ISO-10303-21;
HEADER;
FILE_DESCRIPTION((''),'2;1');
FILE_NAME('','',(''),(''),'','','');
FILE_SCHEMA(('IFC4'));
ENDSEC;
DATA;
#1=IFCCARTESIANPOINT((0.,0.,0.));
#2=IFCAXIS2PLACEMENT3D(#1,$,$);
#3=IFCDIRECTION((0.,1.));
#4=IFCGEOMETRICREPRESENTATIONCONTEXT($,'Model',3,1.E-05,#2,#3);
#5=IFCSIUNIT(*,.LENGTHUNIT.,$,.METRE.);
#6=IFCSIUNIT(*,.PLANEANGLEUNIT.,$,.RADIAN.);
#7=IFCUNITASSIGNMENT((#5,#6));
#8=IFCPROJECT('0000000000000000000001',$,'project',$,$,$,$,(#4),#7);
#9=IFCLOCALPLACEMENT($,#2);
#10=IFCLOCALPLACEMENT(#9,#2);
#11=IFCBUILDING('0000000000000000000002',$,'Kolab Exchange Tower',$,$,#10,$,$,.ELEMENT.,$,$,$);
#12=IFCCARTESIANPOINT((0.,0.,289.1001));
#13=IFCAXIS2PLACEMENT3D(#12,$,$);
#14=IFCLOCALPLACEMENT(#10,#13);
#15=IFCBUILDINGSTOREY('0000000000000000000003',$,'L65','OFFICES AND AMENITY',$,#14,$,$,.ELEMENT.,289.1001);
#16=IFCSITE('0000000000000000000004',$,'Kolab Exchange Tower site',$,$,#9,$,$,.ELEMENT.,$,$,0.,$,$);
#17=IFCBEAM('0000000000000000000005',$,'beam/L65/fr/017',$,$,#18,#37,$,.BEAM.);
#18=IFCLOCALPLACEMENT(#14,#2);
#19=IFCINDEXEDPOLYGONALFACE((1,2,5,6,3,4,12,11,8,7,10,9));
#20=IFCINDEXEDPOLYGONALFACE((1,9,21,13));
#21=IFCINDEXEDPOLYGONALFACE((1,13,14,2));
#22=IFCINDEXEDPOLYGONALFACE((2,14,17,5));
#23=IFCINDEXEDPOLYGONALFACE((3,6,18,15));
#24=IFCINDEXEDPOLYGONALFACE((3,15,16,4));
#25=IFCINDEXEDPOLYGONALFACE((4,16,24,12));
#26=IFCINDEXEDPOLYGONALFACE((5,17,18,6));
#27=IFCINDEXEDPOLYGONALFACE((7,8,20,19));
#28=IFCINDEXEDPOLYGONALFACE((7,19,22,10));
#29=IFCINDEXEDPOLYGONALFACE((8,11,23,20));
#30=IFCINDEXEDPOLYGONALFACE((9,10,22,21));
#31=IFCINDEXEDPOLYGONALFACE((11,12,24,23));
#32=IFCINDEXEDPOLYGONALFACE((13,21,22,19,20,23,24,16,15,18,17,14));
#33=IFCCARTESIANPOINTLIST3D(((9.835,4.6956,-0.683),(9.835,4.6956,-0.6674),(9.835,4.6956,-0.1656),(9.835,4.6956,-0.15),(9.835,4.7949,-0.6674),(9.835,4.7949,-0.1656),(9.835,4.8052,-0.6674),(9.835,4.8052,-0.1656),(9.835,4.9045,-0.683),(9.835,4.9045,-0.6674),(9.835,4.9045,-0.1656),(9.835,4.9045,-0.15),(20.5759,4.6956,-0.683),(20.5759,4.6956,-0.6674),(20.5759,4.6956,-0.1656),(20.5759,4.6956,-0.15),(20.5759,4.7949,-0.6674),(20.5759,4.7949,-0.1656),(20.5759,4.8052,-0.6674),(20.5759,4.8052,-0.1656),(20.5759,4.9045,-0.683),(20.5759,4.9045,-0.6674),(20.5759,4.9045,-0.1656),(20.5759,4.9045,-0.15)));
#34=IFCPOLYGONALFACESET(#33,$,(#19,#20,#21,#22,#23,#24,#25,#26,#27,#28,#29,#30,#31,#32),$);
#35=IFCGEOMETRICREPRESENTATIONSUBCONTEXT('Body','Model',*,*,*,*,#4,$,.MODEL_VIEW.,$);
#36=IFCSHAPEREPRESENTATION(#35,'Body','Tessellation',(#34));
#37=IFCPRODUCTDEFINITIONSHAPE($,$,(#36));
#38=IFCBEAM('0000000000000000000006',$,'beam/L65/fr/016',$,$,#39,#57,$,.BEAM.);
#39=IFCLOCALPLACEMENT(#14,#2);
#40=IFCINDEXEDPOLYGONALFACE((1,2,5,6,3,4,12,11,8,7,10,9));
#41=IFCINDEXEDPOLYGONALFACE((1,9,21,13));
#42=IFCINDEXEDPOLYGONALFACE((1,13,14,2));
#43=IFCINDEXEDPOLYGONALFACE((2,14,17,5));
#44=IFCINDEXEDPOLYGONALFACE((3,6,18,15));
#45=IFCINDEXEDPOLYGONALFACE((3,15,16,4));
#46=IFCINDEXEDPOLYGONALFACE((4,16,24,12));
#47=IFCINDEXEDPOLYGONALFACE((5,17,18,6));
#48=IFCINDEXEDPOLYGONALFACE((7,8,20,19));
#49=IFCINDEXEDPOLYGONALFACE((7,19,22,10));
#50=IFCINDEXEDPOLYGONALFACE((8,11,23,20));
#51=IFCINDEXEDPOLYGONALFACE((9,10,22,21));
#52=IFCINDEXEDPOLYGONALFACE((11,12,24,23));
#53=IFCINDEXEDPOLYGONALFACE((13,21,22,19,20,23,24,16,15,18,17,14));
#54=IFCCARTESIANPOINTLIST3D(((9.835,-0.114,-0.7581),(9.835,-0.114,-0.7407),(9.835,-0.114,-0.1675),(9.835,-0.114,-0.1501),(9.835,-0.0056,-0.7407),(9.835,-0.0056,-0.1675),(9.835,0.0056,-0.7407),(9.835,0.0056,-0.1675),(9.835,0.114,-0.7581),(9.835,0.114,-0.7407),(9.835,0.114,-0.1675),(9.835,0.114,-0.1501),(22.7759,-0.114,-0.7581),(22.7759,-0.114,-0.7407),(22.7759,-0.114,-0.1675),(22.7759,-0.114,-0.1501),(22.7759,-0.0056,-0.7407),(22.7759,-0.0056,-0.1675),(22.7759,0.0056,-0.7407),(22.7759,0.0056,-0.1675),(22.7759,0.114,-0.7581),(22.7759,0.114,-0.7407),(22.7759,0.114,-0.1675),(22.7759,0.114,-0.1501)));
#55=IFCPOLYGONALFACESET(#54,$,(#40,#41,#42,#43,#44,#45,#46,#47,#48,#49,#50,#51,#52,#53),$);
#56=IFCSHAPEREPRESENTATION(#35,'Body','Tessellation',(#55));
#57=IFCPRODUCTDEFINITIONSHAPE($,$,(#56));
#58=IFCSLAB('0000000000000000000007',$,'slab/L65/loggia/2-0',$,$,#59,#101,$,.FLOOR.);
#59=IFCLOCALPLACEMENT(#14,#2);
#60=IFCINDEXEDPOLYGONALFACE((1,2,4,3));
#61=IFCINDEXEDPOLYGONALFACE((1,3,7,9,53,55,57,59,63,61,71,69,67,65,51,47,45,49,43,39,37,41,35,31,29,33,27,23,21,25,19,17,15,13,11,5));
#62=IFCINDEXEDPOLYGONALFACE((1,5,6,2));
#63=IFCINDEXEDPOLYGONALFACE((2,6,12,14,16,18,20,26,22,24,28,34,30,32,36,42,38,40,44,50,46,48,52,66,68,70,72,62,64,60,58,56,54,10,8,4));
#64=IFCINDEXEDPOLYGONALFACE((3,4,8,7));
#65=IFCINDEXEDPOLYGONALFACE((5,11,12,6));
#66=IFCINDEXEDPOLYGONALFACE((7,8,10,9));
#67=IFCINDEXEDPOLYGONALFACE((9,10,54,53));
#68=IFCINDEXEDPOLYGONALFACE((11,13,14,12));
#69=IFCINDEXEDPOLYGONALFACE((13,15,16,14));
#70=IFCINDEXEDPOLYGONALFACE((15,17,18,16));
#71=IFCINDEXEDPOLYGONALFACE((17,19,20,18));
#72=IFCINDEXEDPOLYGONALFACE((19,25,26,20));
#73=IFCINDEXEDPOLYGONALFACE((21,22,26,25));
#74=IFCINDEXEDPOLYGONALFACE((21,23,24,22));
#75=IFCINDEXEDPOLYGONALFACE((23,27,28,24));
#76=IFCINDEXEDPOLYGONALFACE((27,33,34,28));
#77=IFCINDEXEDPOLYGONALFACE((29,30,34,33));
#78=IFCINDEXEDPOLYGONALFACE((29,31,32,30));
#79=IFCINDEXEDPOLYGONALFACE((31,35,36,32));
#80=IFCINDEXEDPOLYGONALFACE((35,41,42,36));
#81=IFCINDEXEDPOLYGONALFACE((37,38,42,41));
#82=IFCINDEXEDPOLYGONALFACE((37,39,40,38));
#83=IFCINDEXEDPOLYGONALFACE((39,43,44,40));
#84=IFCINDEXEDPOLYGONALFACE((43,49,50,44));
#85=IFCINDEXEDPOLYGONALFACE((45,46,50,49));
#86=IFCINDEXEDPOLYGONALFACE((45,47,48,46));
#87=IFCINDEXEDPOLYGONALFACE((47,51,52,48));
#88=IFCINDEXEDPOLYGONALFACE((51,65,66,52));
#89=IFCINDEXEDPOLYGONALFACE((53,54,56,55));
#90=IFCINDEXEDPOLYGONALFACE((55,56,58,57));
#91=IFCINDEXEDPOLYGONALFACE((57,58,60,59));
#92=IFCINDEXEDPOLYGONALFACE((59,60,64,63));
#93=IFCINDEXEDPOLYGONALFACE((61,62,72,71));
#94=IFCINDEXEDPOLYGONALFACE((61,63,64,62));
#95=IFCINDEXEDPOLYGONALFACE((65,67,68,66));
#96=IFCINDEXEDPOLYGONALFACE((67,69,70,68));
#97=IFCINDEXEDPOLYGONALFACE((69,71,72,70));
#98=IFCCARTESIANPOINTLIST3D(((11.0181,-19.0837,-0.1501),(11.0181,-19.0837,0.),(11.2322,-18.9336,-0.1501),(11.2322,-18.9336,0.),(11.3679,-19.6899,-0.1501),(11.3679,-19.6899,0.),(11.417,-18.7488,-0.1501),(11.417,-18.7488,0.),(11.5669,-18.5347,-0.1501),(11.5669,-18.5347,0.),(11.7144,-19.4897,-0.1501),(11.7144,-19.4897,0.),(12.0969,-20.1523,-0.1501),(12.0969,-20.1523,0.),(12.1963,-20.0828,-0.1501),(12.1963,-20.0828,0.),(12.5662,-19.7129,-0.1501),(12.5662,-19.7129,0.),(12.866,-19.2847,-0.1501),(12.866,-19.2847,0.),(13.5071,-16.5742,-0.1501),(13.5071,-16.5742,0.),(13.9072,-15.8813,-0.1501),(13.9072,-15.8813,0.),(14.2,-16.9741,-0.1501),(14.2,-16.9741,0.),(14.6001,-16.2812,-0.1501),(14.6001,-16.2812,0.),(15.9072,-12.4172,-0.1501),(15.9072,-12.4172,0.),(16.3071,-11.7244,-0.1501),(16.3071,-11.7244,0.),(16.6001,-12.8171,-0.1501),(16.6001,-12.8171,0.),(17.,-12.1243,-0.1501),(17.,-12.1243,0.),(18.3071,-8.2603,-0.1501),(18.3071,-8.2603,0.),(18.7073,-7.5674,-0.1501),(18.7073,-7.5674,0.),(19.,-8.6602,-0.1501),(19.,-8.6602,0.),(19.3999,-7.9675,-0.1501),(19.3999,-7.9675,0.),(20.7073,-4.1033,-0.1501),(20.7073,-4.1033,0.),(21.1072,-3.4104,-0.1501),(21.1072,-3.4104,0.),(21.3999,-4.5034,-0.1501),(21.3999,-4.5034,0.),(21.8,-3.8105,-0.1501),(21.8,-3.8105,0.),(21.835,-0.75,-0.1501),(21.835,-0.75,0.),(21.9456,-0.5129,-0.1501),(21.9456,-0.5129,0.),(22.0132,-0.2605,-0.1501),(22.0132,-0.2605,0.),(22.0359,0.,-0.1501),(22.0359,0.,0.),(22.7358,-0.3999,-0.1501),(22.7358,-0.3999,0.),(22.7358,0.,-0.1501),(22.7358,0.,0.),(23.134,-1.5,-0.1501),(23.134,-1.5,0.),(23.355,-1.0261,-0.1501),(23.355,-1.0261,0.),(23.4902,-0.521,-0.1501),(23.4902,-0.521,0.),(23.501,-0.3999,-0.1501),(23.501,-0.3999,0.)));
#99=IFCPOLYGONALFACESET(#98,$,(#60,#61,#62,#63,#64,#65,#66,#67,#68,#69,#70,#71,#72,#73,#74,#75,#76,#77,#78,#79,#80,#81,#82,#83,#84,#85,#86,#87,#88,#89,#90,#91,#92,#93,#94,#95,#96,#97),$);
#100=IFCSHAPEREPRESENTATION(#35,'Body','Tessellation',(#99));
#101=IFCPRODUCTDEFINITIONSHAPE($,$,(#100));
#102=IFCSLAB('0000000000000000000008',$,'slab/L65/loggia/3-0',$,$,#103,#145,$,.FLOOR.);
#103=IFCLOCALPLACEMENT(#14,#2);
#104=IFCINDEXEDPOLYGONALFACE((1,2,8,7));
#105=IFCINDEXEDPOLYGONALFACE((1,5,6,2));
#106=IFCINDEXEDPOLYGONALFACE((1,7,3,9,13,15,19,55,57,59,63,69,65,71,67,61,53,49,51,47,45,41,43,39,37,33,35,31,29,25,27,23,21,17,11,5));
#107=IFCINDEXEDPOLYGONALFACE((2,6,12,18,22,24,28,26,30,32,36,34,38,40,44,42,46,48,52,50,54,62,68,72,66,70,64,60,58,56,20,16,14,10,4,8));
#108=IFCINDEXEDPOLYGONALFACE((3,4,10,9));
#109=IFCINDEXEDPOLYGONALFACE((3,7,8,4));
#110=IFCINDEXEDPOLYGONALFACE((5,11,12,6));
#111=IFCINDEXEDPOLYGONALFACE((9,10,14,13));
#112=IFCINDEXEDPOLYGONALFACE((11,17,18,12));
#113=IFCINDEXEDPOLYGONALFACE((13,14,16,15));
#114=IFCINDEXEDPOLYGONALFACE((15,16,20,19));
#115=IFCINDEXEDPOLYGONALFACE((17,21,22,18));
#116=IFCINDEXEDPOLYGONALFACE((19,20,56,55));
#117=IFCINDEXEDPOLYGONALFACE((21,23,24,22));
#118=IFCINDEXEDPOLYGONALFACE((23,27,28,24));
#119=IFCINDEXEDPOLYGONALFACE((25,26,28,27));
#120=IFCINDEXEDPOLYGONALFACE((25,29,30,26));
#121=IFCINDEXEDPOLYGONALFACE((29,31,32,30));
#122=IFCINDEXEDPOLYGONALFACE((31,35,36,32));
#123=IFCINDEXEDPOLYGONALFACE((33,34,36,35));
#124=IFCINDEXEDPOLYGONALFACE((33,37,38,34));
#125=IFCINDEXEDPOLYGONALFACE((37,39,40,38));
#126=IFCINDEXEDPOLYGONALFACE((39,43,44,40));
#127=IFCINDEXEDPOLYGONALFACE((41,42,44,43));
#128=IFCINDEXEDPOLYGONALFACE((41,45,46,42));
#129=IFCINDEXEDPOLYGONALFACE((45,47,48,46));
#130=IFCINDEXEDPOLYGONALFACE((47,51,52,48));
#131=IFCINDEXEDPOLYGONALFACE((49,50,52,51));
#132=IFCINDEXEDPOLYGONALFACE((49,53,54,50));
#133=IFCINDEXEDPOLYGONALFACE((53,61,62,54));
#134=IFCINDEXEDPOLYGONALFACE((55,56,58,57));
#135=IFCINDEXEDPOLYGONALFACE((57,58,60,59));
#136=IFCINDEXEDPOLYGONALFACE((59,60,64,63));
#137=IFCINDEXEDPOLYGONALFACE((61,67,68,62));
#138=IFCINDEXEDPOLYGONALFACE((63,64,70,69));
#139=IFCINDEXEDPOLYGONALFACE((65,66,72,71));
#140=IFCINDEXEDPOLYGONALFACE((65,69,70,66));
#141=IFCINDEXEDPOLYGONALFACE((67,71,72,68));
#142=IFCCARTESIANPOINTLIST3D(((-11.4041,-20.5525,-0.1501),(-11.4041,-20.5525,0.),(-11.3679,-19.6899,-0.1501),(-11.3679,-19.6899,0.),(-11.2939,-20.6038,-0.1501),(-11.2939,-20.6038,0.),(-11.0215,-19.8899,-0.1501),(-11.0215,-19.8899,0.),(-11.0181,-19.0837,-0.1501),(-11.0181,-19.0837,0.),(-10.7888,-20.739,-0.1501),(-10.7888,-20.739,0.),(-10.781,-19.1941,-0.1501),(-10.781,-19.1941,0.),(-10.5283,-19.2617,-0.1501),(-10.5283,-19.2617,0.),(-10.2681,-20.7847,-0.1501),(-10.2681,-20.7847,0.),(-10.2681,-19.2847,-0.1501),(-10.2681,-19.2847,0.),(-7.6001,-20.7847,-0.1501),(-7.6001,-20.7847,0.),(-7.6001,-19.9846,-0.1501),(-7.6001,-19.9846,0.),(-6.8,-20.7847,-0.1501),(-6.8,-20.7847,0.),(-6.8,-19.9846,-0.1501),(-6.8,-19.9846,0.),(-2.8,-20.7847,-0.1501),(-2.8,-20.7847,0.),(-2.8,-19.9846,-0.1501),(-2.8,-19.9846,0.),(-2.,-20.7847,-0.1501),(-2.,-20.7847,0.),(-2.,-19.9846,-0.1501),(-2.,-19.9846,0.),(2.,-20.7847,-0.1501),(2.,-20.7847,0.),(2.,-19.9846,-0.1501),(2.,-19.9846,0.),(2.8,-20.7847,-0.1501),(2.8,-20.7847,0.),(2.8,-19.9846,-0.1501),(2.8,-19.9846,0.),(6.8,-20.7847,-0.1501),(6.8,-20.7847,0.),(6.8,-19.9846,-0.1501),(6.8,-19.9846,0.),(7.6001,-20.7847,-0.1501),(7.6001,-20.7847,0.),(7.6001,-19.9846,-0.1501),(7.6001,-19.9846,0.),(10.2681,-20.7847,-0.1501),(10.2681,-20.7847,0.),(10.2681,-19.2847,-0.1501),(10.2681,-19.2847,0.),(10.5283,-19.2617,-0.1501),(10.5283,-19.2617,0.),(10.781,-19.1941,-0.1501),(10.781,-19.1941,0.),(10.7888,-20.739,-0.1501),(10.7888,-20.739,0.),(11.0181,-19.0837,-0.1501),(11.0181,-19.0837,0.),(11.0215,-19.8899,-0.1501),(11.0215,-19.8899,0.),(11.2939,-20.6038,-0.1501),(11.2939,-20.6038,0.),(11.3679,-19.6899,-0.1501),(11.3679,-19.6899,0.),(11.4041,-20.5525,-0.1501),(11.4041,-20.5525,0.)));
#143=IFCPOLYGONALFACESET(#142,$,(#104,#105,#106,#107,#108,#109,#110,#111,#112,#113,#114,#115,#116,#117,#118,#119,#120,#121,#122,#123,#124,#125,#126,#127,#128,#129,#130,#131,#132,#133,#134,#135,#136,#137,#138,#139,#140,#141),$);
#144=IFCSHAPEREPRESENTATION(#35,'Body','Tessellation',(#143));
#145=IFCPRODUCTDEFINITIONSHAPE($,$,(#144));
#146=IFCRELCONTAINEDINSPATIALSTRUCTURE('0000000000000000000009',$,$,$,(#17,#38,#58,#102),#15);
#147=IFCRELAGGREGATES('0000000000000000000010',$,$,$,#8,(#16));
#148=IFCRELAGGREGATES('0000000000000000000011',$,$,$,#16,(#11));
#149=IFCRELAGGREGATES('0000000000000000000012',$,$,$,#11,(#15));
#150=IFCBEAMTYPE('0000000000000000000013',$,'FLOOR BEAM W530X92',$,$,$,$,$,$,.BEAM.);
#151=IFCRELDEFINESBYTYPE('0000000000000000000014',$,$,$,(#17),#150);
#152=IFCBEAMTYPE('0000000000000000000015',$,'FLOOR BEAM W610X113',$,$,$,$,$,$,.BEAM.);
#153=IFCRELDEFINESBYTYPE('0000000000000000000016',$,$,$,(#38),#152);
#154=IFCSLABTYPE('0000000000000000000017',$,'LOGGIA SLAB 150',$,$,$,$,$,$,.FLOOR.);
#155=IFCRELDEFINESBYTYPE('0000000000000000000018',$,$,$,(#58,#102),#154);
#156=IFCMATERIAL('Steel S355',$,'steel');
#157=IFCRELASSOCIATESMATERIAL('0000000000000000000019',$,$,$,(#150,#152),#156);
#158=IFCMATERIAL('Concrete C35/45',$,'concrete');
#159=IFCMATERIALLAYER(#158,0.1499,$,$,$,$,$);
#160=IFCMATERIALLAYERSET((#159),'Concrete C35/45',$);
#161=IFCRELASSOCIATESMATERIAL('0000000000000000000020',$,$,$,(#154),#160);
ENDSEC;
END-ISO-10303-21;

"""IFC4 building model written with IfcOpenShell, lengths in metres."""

from ifc_helpers import new_model, si_unit, direction, frame, origin, origin_2d, place, context, subcontext, project, spatial, polyline, i_section, outline, extrude, material, layer, layer_set, material_profile, profile_set, type_object, element, save


model = new_model("IFC4")

# Units and contexts
model_context = context("Model", 3, precision=1e-05, world=origin(), true_north=direction((0.0, 1.0)))
body_context = subcontext(model_context, "Body", "Model", "MODEL_VIEW")
ifc_project = project(units=[si_unit("LENGTHUNIT", "METRE"), si_unit("PLANEANGLEUNIT", "RADIAN")], contexts=[model_context])

# Site, building, storey
site_placement = place(None, origin())
site = spatial("IfcSite", under=ifc_project, at=site_placement, Name="Kolab Exchange Tower site", CompositionType="ELEMENT", RefElevation=0.0)
building_placement = place(site_placement, origin())
building = spatial("IfcBuilding", under=site, at=building_placement, Name="Kolab Exchange Tower", CompositionType="ELEMENT")
storey_placement = place(building_placement, frame((0.0, 0.0, 289.1001)))
storey = spatial("IfcBuildingStorey", under=building, at=storey_placement, Name="L65", Description="OFFICES AND AMENITY", CompositionType="ELEMENT", Elevation=289.1001)

# Beams
ifc_material_1 = material(Name="Steel S355", Category="steel")
ifc_material_profile_1 = material_profile(ifc_material_1, i_section(OverallWidth=0.209, OverallDepth=0.533, WebThickness=0.0103, FlangeThickness=0.0156, at=origin_2d()), Name="W530X92")
ifc_profile_set_1 = profile_set([ifc_material_profile_1], Name="Steel S355")
beam_type_1 = type_object("IfcBeamType", Name="FLOOR BEAM W530X92", PredefinedType="BEAM", material=ifc_profile_set_1)
beam_1_placement = place(storey_placement, frame((9.835, 4.8, -0.4165), z_axis=(1.0, 0.0, 0.0), x_axis=(0.0, 1.0, 0.0)))
element("IfcBeam", 1, at=beam_1_placement, inside=storey, type_object=beam_type_1, Name="beam/L65/fr/017", PredefinedType="BEAM", context=body_context, shape_type="SweptSolid", body=[
    extrude(i_section(OverallWidth=0.209, OverallDepth=0.533, WebThickness=0.0103, FlangeThickness=0.0156, at=origin_2d()), origin(), (0.0, 0.0, 1.0), 10.741),
])
ifc_material_profile_2 = material_profile(ifc_material_1, i_section(OverallWidth=0.228, OverallDepth=0.6079, WebThickness=0.0112, FlangeThickness=0.0173, at=origin_2d()), Name="W610X113")
ifc_profile_set_2 = profile_set([ifc_material_profile_2], Name="Steel S355")
beam_type_2 = type_object("IfcBeamType", Name="FLOOR BEAM W610X113", PredefinedType="BEAM", material=ifc_profile_set_2)
beam_2_placement = place(storey_placement, frame((9.835, 0.0, -0.4541), z_axis=(1.0, 0.0, 0.0), x_axis=(0.0, 1.0, 0.0)))
element("IfcBeam", 2, at=beam_2_placement, inside=storey, type_object=beam_type_2, Name="beam/L65/fr/016", PredefinedType="BEAM", context=body_context, shape_type="SweptSolid", body=[
    extrude(i_section(OverallWidth=0.228, OverallDepth=0.6079, WebThickness=0.0112, FlangeThickness=0.0173, at=origin_2d()), origin(), (0.0, 0.0, 1.0), 12.9409),
])

# Slabs
ifc_material_2 = material(Name="Concrete C35/45", Category="concrete")
ifc_layer_1 = layer(ifc_material_2, 0.1499)
ifc_layer_set_1 = layer_set([ifc_layer_1], Name="Concrete C35/45")
slab_type_1 = type_object("IfcSlabType", Name="LOGGIA SLAB 150", PredefinedType="FLOOR", material=ifc_layer_set_1)
slab_1_placement = place(storey_placement, frame((0.0, 0.0, -0.1501)))
element("IfcSlab", 3, at=slab_1_placement, inside=storey, type_object=slab_type_1, Name="slab/L65/loggia/2-0", PredefinedType="FLOOR", context=body_context, shape_type="SweptSolid", body=[
    extrude(outline(polyline([(12.866, -19.2847), (14.2, -16.9741), (13.5071, -16.5742), (13.9072, -15.8813), (14.6001, -16.2812), (16.6001, -12.8171), (15.9072, -12.4172), (16.3071, -11.7244), (17.0, -12.1243), (19.0, -8.6602), (18.3071, -8.2603), (18.7073, -7.5674), (19.3999, -7.9675), (21.3999, -4.5034), (20.7073, -4.1033), (21.1072, -3.4104), (21.8, -3.8105), (23.134, -1.5), (23.355, -1.0261), (23.4902, -0.521), (23.501, -0.3999), (22.7358, -0.3999), (22.7358, 0.0), (22.0359, 0.0), (22.0132, -0.2605), (21.9456, -0.5129), (21.835, -0.75), (11.5669, -18.5347), (11.417, -18.7488), (11.2322, -18.9336), (11.0181, -19.0837), (11.3679, -19.6899), (11.7144, -19.4897), (12.0969, -20.1523), (12.1963, -20.0828), (12.5662, -19.7129), (12.866, -19.2847)])), origin(), (0.0, 0.0, 1.0), 0.1501),
])
slab_2_placement = place(storey_placement, frame((0.0, 0.0, -0.1501)))
element("IfcSlab", 4, at=slab_2_placement, inside=storey, type_object=slab_type_1, Name="slab/L65/loggia/3-0", PredefinedType="FLOOR", context=body_context, shape_type="SweptSolid", body=[
    extrude(outline(polyline([(-11.0181, -19.0837), (-11.3679, -19.6899), (-11.0215, -19.8899), (-11.4041, -20.5525), (-11.2939, -20.6038), (-10.7888, -20.739), (-10.2681, -20.7847), (-7.6001, -20.7847), (-7.6001, -19.9846), (-6.8, -19.9846), (-6.8, -20.7847), (-2.8, -20.7847), (-2.8, -19.9846), (-2.0, -19.9846), (-2.0, -20.7847), (2.0, -20.7847), (2.0, -19.9846), (2.8, -19.9846), (2.8, -20.7847), (6.8, -20.7847), (6.8, -19.9846), (7.6001, -19.9846), (7.6001, -20.7847), (10.2681, -20.7847), (10.7888, -20.739), (11.2939, -20.6038), (11.4041, -20.5525), (11.0215, -19.8899), (11.3679, -19.6899), (11.0181, -19.0837), (10.781, -19.1941), (10.5283, -19.2617), (10.2681, -19.2847), (-10.2681, -19.2847), (-10.5283, -19.2617), (-10.781, -19.1941), (-11.0181, -19.0837)])), origin(), (0.0, 0.0, 1.0), 0.1501),
])

save(model, "model.ifc")
